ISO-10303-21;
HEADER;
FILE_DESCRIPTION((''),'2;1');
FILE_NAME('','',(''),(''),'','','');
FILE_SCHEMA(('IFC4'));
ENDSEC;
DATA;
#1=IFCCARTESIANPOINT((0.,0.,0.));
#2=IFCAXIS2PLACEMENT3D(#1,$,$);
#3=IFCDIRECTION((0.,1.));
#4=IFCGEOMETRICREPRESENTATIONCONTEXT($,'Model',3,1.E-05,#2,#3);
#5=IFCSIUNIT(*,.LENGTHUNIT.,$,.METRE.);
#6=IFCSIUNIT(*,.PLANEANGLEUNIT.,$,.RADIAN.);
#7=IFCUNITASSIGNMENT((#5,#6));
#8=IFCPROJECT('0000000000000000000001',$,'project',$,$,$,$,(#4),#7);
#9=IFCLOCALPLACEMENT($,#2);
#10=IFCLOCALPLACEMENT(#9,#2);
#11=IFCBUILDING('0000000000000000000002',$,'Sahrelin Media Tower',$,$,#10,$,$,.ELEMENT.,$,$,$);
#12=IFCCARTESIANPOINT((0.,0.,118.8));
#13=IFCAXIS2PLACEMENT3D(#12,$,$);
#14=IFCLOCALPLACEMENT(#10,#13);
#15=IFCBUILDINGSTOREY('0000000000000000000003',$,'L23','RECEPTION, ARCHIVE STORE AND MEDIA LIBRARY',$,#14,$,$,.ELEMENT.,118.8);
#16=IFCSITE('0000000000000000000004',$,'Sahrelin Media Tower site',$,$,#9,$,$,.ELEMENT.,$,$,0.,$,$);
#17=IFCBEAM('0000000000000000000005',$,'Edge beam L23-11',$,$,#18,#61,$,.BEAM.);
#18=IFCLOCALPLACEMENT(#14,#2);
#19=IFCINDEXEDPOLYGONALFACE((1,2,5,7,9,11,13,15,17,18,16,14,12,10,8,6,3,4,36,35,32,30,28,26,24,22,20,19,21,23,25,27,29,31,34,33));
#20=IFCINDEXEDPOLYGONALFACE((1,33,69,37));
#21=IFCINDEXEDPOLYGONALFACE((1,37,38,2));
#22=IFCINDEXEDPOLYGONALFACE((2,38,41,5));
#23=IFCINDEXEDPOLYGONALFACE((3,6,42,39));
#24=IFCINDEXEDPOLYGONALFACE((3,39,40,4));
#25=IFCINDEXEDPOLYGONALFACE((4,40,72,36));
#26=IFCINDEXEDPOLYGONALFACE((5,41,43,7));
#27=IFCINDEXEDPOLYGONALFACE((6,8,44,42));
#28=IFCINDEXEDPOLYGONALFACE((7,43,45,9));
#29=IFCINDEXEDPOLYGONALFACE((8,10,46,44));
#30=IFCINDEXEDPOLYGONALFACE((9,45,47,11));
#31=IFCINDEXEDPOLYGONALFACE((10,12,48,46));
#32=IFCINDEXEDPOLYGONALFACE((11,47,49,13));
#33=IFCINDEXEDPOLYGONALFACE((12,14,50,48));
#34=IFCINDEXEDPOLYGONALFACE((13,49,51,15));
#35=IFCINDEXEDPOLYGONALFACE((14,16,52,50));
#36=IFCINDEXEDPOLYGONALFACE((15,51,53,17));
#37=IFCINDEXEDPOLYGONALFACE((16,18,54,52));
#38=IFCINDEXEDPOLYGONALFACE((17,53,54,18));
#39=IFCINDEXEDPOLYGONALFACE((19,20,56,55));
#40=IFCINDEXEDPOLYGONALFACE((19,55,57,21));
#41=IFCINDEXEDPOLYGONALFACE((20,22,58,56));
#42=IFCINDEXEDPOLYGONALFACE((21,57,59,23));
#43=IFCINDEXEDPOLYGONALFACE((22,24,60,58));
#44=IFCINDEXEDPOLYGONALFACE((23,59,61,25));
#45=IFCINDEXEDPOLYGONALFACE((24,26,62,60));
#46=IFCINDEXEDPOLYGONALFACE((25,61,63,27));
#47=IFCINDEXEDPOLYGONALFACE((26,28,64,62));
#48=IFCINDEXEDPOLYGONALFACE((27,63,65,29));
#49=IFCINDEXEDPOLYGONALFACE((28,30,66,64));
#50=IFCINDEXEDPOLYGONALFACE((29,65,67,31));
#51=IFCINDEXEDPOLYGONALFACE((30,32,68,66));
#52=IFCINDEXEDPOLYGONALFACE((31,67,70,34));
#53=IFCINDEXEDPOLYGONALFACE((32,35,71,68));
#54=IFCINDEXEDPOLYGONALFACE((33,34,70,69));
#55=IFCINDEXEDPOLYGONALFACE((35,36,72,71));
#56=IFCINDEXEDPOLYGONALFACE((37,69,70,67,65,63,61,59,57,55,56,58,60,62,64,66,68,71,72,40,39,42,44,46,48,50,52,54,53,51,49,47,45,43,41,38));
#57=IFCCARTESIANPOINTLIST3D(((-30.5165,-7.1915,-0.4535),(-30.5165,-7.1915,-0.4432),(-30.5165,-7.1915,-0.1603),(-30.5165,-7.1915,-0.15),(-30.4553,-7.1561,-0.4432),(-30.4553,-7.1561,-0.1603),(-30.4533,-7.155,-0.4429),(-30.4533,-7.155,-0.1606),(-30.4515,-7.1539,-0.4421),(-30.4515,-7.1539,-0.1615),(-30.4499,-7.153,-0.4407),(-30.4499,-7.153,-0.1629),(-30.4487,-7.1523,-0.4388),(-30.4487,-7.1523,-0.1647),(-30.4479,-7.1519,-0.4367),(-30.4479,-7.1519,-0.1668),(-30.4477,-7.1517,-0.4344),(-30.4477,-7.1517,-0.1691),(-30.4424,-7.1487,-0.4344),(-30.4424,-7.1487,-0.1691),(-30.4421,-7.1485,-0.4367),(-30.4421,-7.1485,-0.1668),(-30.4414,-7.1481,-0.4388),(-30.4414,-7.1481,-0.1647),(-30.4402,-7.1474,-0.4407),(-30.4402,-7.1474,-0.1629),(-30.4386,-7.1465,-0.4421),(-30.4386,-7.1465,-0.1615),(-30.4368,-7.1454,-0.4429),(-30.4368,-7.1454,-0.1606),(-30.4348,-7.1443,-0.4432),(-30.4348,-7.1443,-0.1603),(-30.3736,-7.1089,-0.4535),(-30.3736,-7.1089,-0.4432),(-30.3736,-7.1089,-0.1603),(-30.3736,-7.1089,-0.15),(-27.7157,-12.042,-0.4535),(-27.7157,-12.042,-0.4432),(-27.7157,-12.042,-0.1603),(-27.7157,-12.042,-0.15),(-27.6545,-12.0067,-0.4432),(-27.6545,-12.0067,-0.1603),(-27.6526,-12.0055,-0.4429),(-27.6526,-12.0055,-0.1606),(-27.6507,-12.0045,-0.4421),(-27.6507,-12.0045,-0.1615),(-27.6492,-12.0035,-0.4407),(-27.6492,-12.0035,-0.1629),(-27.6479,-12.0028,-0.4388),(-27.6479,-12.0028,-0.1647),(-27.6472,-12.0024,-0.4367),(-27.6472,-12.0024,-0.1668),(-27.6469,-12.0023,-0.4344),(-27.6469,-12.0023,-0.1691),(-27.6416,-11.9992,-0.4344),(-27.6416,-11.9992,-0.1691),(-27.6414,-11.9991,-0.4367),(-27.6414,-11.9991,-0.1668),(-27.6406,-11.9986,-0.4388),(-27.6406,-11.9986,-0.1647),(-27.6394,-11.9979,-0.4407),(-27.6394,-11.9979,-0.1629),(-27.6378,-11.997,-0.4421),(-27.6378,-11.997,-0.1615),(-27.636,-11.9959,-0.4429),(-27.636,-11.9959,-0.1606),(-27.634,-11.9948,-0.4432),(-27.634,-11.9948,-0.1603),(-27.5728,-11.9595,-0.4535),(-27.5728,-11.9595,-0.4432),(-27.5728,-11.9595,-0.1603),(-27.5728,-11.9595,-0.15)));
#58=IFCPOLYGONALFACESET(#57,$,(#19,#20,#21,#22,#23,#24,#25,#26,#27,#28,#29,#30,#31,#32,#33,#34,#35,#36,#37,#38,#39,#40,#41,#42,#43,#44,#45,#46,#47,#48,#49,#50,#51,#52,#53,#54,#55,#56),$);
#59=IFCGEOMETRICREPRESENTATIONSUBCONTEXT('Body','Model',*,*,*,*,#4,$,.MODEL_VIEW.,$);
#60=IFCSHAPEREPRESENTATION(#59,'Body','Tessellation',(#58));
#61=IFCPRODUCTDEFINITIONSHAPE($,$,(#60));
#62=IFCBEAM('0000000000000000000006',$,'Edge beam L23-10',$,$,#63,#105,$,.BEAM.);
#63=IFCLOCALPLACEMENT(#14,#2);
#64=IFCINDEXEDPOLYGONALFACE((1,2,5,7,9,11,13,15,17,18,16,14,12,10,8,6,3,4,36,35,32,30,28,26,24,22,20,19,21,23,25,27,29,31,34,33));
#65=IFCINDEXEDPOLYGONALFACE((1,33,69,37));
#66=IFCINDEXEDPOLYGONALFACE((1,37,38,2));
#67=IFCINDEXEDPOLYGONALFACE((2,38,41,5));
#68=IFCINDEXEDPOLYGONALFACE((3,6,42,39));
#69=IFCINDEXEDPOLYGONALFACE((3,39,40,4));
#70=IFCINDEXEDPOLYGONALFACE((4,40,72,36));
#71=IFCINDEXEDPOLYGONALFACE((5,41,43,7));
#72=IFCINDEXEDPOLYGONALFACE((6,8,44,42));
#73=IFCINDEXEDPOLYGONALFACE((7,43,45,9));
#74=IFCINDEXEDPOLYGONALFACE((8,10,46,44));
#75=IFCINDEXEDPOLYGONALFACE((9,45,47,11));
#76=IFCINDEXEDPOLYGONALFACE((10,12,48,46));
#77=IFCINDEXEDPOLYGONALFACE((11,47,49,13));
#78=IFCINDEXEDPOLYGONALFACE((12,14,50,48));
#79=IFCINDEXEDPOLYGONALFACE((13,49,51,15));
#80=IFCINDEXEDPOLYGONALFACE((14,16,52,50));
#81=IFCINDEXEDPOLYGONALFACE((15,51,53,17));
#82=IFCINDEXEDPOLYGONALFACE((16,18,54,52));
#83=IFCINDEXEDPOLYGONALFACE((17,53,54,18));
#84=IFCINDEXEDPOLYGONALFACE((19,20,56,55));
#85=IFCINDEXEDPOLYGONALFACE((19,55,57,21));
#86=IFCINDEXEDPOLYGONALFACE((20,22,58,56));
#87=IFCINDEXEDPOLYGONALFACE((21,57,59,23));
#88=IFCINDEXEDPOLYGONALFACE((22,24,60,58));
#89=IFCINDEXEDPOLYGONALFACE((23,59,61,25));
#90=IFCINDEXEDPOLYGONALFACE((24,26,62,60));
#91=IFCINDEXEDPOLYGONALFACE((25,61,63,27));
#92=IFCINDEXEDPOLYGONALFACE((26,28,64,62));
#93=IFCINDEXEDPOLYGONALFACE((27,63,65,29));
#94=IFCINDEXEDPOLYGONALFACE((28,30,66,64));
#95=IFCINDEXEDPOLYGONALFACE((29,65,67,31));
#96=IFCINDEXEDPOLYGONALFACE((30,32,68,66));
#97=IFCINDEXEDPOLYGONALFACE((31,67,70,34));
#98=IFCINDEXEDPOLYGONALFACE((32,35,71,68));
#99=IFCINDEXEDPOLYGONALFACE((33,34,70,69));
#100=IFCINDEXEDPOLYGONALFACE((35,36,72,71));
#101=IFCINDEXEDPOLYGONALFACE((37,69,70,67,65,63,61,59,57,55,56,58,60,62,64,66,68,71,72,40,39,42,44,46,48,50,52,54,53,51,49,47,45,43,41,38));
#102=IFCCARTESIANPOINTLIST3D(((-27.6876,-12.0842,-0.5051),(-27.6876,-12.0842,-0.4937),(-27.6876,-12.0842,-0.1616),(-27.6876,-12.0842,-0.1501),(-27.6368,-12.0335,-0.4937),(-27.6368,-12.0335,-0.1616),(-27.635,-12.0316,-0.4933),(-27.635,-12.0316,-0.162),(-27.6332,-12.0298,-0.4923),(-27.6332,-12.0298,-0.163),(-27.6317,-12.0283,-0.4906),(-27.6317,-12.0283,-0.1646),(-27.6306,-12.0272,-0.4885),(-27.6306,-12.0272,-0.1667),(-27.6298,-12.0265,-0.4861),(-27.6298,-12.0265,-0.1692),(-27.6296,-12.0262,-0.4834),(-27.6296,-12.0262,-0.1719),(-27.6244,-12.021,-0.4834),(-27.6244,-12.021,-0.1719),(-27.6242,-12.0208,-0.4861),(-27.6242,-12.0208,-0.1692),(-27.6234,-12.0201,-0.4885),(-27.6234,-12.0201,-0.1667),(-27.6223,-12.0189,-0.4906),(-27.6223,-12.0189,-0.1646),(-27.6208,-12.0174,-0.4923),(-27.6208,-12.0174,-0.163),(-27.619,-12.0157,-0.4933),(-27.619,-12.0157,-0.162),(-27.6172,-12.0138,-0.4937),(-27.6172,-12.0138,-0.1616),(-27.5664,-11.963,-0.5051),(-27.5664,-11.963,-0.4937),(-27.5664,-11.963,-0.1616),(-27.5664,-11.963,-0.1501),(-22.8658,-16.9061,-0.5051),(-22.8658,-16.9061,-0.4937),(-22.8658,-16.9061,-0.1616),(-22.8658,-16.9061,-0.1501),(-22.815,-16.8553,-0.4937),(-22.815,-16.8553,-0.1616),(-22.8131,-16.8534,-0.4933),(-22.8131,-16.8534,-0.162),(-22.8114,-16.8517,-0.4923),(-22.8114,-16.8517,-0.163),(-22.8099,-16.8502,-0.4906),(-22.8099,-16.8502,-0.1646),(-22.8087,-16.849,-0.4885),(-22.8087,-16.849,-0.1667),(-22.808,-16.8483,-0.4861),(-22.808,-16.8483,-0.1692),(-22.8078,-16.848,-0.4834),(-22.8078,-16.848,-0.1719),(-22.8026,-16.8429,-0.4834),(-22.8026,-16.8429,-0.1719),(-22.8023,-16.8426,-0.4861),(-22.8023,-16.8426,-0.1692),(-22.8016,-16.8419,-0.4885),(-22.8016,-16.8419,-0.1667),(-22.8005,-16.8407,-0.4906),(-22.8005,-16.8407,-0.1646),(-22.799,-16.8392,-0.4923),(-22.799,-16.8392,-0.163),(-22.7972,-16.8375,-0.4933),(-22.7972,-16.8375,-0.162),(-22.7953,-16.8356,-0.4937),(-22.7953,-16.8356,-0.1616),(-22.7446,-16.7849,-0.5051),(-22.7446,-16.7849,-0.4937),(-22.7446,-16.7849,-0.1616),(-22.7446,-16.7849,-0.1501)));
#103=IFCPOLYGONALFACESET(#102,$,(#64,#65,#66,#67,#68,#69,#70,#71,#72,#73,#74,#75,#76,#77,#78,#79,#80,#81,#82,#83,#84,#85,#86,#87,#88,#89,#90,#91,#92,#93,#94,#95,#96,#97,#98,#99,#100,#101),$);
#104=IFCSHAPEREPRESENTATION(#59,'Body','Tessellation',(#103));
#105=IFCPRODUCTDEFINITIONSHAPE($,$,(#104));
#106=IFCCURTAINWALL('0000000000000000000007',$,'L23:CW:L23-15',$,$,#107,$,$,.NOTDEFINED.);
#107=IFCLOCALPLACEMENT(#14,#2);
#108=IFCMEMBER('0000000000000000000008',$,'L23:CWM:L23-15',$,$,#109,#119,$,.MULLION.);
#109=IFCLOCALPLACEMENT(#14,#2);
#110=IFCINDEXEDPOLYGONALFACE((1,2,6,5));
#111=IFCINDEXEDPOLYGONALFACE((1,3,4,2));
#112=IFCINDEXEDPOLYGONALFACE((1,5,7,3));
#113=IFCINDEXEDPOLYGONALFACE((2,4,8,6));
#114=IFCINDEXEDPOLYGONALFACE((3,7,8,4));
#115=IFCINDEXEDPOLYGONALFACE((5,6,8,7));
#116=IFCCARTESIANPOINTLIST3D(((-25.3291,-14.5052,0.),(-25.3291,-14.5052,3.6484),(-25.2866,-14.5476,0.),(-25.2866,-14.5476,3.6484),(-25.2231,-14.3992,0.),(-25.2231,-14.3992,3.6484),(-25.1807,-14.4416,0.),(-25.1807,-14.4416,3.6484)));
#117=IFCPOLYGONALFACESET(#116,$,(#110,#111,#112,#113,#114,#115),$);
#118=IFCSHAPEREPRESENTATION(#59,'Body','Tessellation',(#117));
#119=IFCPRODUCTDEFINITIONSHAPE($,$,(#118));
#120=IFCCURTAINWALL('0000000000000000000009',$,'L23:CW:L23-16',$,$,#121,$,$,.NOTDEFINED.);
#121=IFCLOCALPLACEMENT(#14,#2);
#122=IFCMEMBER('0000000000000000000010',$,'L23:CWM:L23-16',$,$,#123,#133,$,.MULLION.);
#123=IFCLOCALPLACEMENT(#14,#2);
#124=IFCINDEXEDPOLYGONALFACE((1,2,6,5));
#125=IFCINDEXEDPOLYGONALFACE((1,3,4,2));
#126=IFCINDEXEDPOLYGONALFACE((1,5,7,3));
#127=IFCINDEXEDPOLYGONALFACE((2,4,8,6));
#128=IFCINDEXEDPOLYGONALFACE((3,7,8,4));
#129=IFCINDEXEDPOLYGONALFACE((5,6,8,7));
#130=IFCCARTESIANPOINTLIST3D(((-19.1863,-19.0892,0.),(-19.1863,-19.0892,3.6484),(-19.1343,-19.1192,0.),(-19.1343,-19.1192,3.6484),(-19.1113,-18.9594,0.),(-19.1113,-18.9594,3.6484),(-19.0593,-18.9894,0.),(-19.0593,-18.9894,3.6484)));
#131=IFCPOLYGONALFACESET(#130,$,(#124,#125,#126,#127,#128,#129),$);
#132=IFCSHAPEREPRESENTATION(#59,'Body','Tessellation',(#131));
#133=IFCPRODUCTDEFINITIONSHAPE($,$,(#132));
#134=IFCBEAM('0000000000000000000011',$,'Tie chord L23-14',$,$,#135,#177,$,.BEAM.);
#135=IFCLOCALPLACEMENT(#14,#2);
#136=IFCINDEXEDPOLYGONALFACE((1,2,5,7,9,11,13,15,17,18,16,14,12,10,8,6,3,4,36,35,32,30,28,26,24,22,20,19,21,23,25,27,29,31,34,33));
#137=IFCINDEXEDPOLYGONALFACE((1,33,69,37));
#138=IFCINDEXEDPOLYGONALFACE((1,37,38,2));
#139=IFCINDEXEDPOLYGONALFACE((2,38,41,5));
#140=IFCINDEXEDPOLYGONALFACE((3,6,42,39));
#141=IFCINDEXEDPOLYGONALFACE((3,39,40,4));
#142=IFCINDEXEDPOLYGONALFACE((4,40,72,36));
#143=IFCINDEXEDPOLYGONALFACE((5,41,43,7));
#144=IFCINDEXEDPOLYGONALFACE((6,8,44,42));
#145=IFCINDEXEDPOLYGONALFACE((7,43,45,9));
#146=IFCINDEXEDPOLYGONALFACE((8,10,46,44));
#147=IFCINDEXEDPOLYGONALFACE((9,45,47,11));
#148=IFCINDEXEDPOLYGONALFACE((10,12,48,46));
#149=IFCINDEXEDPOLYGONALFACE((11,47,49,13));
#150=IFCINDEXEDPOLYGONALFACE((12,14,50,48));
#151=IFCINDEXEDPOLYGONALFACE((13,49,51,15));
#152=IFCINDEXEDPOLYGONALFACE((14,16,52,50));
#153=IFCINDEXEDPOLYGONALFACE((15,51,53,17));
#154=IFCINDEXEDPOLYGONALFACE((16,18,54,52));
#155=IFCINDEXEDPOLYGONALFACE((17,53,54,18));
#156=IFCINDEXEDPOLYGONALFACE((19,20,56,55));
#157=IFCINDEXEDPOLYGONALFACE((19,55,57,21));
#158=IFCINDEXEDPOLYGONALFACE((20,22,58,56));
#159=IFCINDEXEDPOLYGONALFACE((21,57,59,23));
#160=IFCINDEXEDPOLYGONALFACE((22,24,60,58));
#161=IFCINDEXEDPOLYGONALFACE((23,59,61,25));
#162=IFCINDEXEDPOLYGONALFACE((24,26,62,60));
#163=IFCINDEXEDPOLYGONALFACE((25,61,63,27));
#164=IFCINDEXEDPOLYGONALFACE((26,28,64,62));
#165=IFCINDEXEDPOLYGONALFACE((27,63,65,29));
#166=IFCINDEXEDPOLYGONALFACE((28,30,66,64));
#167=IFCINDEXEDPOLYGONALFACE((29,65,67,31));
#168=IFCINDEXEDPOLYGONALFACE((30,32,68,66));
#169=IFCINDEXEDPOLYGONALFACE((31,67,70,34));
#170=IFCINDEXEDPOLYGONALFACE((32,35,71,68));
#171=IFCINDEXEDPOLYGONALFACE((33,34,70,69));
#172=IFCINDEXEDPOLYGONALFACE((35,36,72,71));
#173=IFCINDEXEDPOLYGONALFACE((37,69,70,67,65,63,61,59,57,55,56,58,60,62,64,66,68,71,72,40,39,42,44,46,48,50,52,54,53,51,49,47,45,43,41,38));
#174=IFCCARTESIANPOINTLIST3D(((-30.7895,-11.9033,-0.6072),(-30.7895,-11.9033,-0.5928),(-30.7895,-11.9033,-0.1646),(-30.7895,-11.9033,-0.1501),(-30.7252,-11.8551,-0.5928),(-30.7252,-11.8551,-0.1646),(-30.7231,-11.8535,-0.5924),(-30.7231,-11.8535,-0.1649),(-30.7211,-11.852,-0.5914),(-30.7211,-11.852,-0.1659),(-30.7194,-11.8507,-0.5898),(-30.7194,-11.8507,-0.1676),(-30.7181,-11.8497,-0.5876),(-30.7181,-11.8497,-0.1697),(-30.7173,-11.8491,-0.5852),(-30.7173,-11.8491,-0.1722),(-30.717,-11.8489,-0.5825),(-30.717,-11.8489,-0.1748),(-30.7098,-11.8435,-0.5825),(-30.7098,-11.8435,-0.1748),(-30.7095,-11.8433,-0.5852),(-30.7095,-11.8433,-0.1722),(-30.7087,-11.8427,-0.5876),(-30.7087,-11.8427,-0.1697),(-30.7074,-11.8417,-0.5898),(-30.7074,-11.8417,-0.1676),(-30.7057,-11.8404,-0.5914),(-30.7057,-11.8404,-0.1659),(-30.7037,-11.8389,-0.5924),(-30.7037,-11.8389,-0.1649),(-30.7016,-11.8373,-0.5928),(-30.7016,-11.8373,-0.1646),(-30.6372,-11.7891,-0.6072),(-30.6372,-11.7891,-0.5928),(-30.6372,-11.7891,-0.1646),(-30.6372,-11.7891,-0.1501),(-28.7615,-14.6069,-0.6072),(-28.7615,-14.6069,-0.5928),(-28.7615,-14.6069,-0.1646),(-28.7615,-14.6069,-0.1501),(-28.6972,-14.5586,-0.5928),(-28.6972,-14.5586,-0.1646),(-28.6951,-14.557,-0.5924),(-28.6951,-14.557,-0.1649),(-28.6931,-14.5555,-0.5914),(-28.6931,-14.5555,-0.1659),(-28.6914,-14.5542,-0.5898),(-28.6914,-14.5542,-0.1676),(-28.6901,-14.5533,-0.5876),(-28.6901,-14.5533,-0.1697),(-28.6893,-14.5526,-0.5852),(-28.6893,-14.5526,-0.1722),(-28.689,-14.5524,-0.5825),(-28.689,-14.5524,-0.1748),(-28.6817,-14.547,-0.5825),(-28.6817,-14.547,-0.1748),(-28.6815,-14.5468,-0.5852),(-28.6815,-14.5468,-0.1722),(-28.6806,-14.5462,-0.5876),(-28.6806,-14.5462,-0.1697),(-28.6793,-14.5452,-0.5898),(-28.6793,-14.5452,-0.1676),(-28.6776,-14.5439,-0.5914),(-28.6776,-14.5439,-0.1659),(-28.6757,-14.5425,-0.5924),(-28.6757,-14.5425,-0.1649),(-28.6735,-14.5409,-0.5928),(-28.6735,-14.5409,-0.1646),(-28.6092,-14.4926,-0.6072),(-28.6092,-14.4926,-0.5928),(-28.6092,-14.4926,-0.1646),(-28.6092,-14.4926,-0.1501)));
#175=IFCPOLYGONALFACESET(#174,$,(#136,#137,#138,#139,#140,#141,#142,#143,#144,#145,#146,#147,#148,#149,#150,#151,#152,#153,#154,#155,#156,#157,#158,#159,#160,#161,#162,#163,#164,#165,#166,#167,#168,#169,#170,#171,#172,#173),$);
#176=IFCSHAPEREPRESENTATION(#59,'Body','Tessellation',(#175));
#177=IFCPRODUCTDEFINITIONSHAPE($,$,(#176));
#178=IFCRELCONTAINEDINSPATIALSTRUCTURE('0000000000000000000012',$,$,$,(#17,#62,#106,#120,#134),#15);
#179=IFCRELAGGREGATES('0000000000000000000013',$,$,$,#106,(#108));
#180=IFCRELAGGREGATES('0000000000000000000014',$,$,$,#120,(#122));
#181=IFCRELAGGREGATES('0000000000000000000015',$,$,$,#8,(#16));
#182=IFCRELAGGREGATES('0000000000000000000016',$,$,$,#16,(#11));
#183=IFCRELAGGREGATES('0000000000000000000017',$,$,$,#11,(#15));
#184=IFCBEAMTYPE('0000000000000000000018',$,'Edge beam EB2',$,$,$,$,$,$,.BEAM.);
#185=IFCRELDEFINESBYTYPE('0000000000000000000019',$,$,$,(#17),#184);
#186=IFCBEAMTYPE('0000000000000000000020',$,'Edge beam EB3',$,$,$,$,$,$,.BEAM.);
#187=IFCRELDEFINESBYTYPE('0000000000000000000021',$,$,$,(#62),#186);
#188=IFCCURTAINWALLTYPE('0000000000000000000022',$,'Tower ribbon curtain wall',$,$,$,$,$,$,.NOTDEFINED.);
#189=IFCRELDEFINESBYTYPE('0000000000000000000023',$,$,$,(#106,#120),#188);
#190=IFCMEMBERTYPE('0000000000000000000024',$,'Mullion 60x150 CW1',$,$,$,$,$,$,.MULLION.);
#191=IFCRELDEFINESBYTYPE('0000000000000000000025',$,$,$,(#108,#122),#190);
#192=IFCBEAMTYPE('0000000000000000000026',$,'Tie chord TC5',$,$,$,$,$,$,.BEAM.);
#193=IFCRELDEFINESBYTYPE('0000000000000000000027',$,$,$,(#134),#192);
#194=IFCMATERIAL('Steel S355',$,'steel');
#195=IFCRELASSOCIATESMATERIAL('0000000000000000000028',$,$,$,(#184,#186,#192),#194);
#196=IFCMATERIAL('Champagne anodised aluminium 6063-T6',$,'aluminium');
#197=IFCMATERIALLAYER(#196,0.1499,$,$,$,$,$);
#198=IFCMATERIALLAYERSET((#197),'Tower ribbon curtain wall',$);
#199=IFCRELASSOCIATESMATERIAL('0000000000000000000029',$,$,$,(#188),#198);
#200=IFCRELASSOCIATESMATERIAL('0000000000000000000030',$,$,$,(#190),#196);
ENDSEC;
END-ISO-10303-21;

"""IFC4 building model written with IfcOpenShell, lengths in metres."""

from ifc_helpers import new_model, si_unit, direction, frame, origin, origin_2d, place, context, subcontext, project, spatial, rectangle, i_section, extrude, material, layer, layer_set, material_profile, profile_set, type_object, element, aggregate, save


model = new_model("IFC4")

# Units and contexts
model_context = context("Model", 3, precision=1e-05, world=origin(), true_north=direction((0.0, 1.0)))
body_context = subcontext(model_context, "Body", "Model", "MODEL_VIEW")
ifc_project = project(units=[si_unit("LENGTHUNIT", "METRE"), si_unit("PLANEANGLEUNIT", "RADIAN")], contexts=[model_context])

# Site, building, storey
site_placement = place(None, origin())
site = spatial("IfcSite", under=ifc_project, at=site_placement, Name="Sahrelin Media Tower site", CompositionType="ELEMENT", RefElevation=0.0)
building_placement = place(site_placement, origin())
building = spatial("IfcBuilding", under=site, at=building_placement, Name="Sahrelin Media Tower", CompositionType="ELEMENT")
storey_placement = place(building_placement, frame((0.0, 0.0, 118.8)))
storey = spatial("IfcBuildingStorey", under=building, at=storey_placement, Name="L23", Description="RECEPTION, ARCHIVE STORE AND MEDIA LIBRARY", CompositionType="ELEMENT", Elevation=118.8)

# Beams
ifc_material_1 = material(Name="Steel S355", Category="steel")
ifc_material_profile_1 = material_profile(ifc_material_1, i_section(OverallWidth=0.165, OverallDepth=0.3035, WebThickness=0.0061, FlangeThickness=0.0103, FilletRadius=0.0088, at=origin_2d()), Name="UB 305x165x40")
ifc_profile_set_1 = profile_set([ifc_material_profile_1], Name="Steel S355")
beam_type_1 = type_object("IfcBeamType", Name="Edge beam EB2", PredefinedType="BEAM", material=ifc_profile_set_1)
beam_1_placement = place(storey_placement, frame((-27.6443, -12.0007, -0.3018), z_axis=(-0.500039, 0.866003, 0.0), x_axis=(-0.866003, -0.500039, 0.0)))
element("IfcBeam", 1, at=beam_1_placement, inside=storey, type_object=beam_type_1, Name="Edge beam L23-11", PredefinedType="BEAM", context=body_context, shape_type="SweptSolid", body=[
    extrude(i_section(OverallWidth=0.165, OverallDepth=0.3035, WebThickness=0.0061, FlangeThickness=0.0103, FilletRadius=0.0088, at=origin_2d()), origin(), (0.0, 0.0, 1.0), 5.6011),
])
ifc_material_profile_2 = material_profile(ifc_material_1, i_section(OverallWidth=0.1714, OverallDepth=0.355, WebThickness=0.0073, FlangeThickness=0.0115, FilletRadius=0.0103, at=origin_2d()), Name="UB 356x171x51")
ifc_profile_set_2 = profile_set([ifc_material_profile_2], Name="Steel S355")
beam_type_2 = type_object("IfcBeamType", Name="Edge beam EB3", PredefinedType="BEAM", material=ifc_profile_set_2)
beam_2_placement = place(storey_placement, frame((-22.8052, -16.8455, -0.3276), z_axis=(-0.707107, 0.707107, 0.0), x_axis=(-0.707107, -0.707107, 0.0)))
element("IfcBeam", 2, at=beam_2_placement, inside=storey, type_object=beam_type_2, Name="Edge beam L23-10", PredefinedType="BEAM", context=body_context, shape_type="SweptSolid", body=[
    extrude(i_section(OverallWidth=0.1714, OverallDepth=0.355, WebThickness=0.0073, FlangeThickness=0.0115, FilletRadius=0.0103, at=origin_2d()), origin(), (0.0, 0.0, 1.0), 6.8191),
])

# Curtain walls, members
ifc_material_2 = material(Name="Champagne anodised aluminium 6063-T6", Category="aluminium")
ifc_layer_1 = layer(ifc_material_2, 0.1499)
ifc_layer_set_1 = layer_set([ifc_layer_1], Name="Tower ribbon curtain wall")
curtain_wall_type = type_object("IfcCurtainWallType", Name="Tower ribbon curtain wall", PredefinedType="NOTDEFINED", material=ifc_layer_set_1)
curtain_wall_1_placement = place(storey_placement, frame((-25.322, -14.5405, 0.0), z_axis=(0.0, 0.0, 1.0), x_axis=(1.0, 0.0, 0.0)))
curtain_wall_1 = element("IfcCurtainWall", 3, at=curtain_wall_1_placement, inside=storey, type_object=curtain_wall_type, Name="L23:CW:L23-15", PredefinedType="NOTDEFINED")
ifc_material_profile_3 = material_profile(ifc_material_2, rectangle(XDim=0.0601, YDim=0.1499, at=origin_2d()), Name="Mullion 60x150")
ifc_profile_set_3 = profile_set([ifc_material_profile_3], Name="Champagne anodised aluminium 6063-T6")
member_type_1 = type_object("IfcMemberType", Name="Mullion 60x150 CW1", PredefinedType="MULLION", material=ifc_profile_set_3)
member_1_placement = place(storey_placement, frame((-25.2549, -14.4734, 0.0), z_axis=(0.0, 0.0, 1.0), x_axis=(0.707107, -0.707107, 0.0)))
member_1 = element("IfcMember", 4, at=member_1_placement, type_object=member_type_1, Name="L23:CWM:L23-15", PredefinedType="MULLION", context=body_context, shape_type="SweptSolid", body=[
    extrude(rectangle(XDim=0.0601, YDim=0.1499, at=origin_2d()), origin(), (0.0, 0.0, 1.0), 3.6484),
])
curtain_wall_2_placement = place(storey_placement, frame((-19.1704, -19.1216, 0.0), z_axis=(0.0, 0.0, 1.0), x_axis=(1.0, 0.0, 0.0)))
curtain_wall_2 = element("IfcCurtainWall", 5, at=curtain_wall_2_placement, inside=storey, type_object=curtain_wall_type, Name="L23:CW:L23-16", PredefinedType="NOTDEFINED")
member_2_placement = place(storey_placement, frame((-19.1228, -19.0393, 0.0), z_axis=(0.0, 0.0, 1.0), x_axis=(0.86602, -0.500009, 0.0)))
member_2 = element("IfcMember", 6, at=member_2_placement, type_object=member_type_1, Name="L23:CWM:L23-16", PredefinedType="MULLION", context=body_context, shape_type="SweptSolid", body=[
    extrude(rectangle(XDim=0.0601, YDim=0.1499, at=origin_2d()), origin(), (0.0, 0.0, 1.0), 3.6484),
])

# Beam
ifc_material_profile_4 = material_profile(ifc_material_1, i_section(OverallWidth=0.1904, OverallDepth=0.457, WebThickness=0.009, FlangeThickness=0.0144, FilletRadius=0.0103, at=origin_2d()), Name="UB 457x191x74")
ifc_profile_set_4 = profile_set([ifc_material_profile_4], Name="Steel S355")
beam_type_3 = type_object("IfcBeamType", Name="Tie chord TC5", PredefinedType="BEAM", material=ifc_profile_set_4)
beam_3_placement = place(storey_placement, frame((-30.7134, -11.8462, -0.3787), z_axis=(0.600069, -0.799948, 0.0), x_axis=(0.799948, 0.600069, 0.0)))
element("IfcBeam", 7, at=beam_3_placement, inside=storey, type_object=beam_type_3, Name="Tie chord L23-14", PredefinedType="BEAM", context=body_context, shape_type="SweptSolid", body=[
    extrude(i_section(OverallWidth=0.1904, OverallDepth=0.457, WebThickness=0.009, FlangeThickness=0.0144, FilletRadius=0.0103, at=origin_2d()), origin(), (0.0, 0.0, 1.0), 3.3796),
])

aggregate(curtain_wall_1, [member_1])
aggregate(curtain_wall_2, [member_2])

save(model, "model.ifc")
